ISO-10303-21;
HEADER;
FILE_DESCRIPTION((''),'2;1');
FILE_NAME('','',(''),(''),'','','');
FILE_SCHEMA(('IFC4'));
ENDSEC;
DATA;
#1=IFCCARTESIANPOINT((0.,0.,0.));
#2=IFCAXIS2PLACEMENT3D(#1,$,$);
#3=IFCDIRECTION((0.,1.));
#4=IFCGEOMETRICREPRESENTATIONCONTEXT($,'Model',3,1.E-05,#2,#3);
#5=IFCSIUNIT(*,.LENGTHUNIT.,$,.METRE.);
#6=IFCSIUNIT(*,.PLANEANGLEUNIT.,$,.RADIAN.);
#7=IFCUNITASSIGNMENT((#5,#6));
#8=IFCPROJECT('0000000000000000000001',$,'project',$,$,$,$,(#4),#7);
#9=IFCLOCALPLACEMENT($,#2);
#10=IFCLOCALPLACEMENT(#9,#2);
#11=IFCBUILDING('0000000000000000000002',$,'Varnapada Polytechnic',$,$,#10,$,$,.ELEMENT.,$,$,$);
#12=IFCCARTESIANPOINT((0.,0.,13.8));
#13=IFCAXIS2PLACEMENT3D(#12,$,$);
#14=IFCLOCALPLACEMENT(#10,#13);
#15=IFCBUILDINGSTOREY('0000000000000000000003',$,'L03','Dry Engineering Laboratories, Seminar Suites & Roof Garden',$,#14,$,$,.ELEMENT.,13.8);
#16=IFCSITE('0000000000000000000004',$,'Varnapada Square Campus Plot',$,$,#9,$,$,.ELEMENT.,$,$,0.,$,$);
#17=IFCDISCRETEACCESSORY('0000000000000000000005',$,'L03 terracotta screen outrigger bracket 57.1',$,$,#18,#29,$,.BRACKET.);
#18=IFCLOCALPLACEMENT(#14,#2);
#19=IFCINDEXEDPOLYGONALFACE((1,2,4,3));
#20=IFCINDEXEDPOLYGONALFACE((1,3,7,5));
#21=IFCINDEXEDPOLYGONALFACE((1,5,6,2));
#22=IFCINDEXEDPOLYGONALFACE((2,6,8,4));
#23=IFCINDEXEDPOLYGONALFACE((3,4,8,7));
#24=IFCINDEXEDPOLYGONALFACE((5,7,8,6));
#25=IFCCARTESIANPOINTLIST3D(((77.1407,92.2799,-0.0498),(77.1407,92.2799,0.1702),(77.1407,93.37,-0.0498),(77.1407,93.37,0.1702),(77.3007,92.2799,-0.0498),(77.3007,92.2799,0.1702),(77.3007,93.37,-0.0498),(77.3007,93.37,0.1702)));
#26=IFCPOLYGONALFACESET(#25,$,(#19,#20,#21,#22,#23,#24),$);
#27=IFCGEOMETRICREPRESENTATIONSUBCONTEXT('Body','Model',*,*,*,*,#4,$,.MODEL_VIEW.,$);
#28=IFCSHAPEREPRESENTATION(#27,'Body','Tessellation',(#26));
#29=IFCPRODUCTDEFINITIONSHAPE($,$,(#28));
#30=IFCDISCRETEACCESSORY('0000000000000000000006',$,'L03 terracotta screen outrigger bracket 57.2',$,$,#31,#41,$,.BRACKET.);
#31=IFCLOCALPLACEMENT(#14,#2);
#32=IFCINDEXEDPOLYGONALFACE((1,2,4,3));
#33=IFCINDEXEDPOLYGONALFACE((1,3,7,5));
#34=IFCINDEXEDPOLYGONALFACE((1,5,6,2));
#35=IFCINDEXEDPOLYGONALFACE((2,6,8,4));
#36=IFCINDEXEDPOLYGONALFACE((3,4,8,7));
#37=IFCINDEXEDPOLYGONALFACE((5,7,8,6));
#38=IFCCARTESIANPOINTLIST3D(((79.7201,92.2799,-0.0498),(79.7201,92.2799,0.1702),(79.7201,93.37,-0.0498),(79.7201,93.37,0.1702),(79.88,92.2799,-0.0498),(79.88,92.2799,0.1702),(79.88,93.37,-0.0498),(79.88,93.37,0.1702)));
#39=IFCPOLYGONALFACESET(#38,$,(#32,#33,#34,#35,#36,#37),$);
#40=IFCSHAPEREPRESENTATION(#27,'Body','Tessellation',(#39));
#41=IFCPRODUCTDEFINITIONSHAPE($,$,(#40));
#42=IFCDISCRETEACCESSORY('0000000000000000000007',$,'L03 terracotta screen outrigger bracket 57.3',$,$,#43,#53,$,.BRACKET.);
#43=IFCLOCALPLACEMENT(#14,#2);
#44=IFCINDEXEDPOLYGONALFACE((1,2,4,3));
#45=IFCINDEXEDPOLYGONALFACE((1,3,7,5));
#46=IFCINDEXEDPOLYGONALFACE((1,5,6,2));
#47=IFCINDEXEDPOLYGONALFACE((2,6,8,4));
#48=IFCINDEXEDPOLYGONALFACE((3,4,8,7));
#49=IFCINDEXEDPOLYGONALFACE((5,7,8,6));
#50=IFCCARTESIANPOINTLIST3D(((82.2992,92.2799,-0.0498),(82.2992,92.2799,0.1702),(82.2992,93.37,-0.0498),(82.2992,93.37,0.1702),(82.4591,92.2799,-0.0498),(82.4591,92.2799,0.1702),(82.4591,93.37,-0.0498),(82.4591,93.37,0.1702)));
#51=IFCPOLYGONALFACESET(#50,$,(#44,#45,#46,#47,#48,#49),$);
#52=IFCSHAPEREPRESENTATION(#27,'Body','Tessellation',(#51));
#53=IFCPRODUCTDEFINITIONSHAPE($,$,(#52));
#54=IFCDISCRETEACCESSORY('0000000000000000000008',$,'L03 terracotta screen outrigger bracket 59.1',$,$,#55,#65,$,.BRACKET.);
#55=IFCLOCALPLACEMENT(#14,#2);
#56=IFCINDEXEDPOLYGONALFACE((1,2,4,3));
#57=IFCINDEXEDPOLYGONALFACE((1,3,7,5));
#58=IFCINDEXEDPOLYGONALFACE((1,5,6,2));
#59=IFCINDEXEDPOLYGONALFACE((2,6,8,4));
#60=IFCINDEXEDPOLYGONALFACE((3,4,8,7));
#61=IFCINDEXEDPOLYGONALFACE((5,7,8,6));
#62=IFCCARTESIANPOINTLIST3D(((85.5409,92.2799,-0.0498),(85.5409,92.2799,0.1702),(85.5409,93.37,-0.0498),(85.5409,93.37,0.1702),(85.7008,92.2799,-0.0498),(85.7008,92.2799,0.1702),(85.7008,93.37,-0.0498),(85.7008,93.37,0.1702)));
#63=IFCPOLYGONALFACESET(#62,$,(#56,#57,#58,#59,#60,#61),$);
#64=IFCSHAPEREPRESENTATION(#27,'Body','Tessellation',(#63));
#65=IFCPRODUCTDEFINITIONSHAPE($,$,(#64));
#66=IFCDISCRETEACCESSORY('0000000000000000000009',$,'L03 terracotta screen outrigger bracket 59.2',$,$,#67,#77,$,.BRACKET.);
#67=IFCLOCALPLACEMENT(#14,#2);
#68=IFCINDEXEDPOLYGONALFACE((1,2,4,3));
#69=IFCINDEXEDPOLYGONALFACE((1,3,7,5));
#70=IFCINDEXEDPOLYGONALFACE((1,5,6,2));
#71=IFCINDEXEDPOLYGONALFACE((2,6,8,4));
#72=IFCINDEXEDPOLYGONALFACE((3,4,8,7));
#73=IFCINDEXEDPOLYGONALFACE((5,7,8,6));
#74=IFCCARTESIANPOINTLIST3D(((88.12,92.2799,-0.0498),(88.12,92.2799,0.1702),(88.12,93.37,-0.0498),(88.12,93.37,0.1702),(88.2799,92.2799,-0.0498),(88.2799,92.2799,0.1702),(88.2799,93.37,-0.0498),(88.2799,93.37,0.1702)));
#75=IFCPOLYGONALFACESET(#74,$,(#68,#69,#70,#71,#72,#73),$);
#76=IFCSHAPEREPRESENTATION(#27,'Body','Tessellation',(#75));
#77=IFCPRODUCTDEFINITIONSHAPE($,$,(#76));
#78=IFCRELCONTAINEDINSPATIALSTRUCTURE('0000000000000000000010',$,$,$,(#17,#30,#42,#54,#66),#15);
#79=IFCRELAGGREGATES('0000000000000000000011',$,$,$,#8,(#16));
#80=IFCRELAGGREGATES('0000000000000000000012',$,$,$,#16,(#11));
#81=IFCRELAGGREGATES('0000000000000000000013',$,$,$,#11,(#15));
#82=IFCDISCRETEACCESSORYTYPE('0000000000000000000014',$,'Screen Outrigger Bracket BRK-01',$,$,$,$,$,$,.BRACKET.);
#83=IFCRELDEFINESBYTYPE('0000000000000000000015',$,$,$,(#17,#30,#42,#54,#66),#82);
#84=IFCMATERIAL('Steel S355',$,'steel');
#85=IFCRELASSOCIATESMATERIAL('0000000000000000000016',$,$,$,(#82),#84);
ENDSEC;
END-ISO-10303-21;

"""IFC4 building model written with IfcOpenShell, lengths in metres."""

from ifc_helpers import new_model, si_unit, direction, frame, origin, origin_2d, place, context, subcontext, project, spatial, rectangle, extrude, material, type_object, element, save


model = new_model("IFC4")

# Units and contexts
model_context = context("Model", 3, precision=1e-05, world=origin(), true_north=direction((0.0, 1.0)))
body_context = subcontext(model_context, "Body", "Model", "MODEL_VIEW")
ifc_project = project(units=[si_unit("LENGTHUNIT", "METRE"), si_unit("PLANEANGLEUNIT", "RADIAN")], contexts=[model_context])

# Site, building, storey
site_placement = place(None, origin())
site = spatial("IfcSite", under=ifc_project, at=site_placement, Name="Varnapada Square Campus Plot", CompositionType="ELEMENT", RefElevation=0.0)
building_placement = place(site_placement, origin())
building = spatial("IfcBuilding", under=site, at=building_placement, Name="Varnapada Polytechnic", CompositionType="ELEMENT")
storey_placement = place(building_placement, frame((0.0, 0.0, 13.8)))
storey = spatial("IfcBuildingStorey", under=building, at=storey_placement, Name="L03", Description="Dry Engineering Laboratories, Seminar Suites & Roof Garden", CompositionType="ELEMENT", Elevation=13.8)

# Discrete accessories
ifc_material_1 = material(Name="Steel S355", Category="steel")
discrete_accessory_type = type_object("IfcDiscreteAccessoryType", Name="Screen Outrigger Bracket BRK-01", PredefinedType="BRACKET", material=ifc_material_1)
for number, where, z_axis, x_axis, name in (
    (1, (77.2207, 92.825, -0.0498), (0.0, 0.0, 1.0), (1.0, 0.0, 0.0), "L03 terracotta screen outrigger bracket 57.1"),
    (2, (79.8, 92.825, -0.0498), (0.0, 0.0, 1.0), (1.0, 0.0, 0.0), "L03 terracotta screen outrigger bracket 57.2"),
    (3, (82.3792, 92.825, -0.0498), (0.0, 0.0, 1.0), (1.0, 0.0, 0.0), "L03 terracotta screen outrigger bracket 57.3"),
    (4, (85.6208, 92.825, -0.0498), (0.0, 0.0, 1.0), (1.0, 0.0, 0.0), "L03 terracotta screen outrigger bracket 59.1"),
    (5, (88.2, 92.825, -0.0498), (0.0, 0.0, 1.0), (1.0, 0.0, 0.0), "L03 terracotta screen outrigger bracket 59.2"),
):
    element("IfcDiscreteAccessory", number, at=place(storey_placement, frame(where, z_axis=z_axis, x_axis=x_axis)), inside=storey, type_object=discrete_accessory_type, Name=name, PredefinedType="BRACKET", context=body_context, shape_type="SweptSolid", body=[
        extrude(rectangle(XDim=0.1599, YDim=1.0901, at=origin_2d()), origin(), (0.0, 0.0, 1.0), 0.22),
    ])

save(model, "model.ifc")
